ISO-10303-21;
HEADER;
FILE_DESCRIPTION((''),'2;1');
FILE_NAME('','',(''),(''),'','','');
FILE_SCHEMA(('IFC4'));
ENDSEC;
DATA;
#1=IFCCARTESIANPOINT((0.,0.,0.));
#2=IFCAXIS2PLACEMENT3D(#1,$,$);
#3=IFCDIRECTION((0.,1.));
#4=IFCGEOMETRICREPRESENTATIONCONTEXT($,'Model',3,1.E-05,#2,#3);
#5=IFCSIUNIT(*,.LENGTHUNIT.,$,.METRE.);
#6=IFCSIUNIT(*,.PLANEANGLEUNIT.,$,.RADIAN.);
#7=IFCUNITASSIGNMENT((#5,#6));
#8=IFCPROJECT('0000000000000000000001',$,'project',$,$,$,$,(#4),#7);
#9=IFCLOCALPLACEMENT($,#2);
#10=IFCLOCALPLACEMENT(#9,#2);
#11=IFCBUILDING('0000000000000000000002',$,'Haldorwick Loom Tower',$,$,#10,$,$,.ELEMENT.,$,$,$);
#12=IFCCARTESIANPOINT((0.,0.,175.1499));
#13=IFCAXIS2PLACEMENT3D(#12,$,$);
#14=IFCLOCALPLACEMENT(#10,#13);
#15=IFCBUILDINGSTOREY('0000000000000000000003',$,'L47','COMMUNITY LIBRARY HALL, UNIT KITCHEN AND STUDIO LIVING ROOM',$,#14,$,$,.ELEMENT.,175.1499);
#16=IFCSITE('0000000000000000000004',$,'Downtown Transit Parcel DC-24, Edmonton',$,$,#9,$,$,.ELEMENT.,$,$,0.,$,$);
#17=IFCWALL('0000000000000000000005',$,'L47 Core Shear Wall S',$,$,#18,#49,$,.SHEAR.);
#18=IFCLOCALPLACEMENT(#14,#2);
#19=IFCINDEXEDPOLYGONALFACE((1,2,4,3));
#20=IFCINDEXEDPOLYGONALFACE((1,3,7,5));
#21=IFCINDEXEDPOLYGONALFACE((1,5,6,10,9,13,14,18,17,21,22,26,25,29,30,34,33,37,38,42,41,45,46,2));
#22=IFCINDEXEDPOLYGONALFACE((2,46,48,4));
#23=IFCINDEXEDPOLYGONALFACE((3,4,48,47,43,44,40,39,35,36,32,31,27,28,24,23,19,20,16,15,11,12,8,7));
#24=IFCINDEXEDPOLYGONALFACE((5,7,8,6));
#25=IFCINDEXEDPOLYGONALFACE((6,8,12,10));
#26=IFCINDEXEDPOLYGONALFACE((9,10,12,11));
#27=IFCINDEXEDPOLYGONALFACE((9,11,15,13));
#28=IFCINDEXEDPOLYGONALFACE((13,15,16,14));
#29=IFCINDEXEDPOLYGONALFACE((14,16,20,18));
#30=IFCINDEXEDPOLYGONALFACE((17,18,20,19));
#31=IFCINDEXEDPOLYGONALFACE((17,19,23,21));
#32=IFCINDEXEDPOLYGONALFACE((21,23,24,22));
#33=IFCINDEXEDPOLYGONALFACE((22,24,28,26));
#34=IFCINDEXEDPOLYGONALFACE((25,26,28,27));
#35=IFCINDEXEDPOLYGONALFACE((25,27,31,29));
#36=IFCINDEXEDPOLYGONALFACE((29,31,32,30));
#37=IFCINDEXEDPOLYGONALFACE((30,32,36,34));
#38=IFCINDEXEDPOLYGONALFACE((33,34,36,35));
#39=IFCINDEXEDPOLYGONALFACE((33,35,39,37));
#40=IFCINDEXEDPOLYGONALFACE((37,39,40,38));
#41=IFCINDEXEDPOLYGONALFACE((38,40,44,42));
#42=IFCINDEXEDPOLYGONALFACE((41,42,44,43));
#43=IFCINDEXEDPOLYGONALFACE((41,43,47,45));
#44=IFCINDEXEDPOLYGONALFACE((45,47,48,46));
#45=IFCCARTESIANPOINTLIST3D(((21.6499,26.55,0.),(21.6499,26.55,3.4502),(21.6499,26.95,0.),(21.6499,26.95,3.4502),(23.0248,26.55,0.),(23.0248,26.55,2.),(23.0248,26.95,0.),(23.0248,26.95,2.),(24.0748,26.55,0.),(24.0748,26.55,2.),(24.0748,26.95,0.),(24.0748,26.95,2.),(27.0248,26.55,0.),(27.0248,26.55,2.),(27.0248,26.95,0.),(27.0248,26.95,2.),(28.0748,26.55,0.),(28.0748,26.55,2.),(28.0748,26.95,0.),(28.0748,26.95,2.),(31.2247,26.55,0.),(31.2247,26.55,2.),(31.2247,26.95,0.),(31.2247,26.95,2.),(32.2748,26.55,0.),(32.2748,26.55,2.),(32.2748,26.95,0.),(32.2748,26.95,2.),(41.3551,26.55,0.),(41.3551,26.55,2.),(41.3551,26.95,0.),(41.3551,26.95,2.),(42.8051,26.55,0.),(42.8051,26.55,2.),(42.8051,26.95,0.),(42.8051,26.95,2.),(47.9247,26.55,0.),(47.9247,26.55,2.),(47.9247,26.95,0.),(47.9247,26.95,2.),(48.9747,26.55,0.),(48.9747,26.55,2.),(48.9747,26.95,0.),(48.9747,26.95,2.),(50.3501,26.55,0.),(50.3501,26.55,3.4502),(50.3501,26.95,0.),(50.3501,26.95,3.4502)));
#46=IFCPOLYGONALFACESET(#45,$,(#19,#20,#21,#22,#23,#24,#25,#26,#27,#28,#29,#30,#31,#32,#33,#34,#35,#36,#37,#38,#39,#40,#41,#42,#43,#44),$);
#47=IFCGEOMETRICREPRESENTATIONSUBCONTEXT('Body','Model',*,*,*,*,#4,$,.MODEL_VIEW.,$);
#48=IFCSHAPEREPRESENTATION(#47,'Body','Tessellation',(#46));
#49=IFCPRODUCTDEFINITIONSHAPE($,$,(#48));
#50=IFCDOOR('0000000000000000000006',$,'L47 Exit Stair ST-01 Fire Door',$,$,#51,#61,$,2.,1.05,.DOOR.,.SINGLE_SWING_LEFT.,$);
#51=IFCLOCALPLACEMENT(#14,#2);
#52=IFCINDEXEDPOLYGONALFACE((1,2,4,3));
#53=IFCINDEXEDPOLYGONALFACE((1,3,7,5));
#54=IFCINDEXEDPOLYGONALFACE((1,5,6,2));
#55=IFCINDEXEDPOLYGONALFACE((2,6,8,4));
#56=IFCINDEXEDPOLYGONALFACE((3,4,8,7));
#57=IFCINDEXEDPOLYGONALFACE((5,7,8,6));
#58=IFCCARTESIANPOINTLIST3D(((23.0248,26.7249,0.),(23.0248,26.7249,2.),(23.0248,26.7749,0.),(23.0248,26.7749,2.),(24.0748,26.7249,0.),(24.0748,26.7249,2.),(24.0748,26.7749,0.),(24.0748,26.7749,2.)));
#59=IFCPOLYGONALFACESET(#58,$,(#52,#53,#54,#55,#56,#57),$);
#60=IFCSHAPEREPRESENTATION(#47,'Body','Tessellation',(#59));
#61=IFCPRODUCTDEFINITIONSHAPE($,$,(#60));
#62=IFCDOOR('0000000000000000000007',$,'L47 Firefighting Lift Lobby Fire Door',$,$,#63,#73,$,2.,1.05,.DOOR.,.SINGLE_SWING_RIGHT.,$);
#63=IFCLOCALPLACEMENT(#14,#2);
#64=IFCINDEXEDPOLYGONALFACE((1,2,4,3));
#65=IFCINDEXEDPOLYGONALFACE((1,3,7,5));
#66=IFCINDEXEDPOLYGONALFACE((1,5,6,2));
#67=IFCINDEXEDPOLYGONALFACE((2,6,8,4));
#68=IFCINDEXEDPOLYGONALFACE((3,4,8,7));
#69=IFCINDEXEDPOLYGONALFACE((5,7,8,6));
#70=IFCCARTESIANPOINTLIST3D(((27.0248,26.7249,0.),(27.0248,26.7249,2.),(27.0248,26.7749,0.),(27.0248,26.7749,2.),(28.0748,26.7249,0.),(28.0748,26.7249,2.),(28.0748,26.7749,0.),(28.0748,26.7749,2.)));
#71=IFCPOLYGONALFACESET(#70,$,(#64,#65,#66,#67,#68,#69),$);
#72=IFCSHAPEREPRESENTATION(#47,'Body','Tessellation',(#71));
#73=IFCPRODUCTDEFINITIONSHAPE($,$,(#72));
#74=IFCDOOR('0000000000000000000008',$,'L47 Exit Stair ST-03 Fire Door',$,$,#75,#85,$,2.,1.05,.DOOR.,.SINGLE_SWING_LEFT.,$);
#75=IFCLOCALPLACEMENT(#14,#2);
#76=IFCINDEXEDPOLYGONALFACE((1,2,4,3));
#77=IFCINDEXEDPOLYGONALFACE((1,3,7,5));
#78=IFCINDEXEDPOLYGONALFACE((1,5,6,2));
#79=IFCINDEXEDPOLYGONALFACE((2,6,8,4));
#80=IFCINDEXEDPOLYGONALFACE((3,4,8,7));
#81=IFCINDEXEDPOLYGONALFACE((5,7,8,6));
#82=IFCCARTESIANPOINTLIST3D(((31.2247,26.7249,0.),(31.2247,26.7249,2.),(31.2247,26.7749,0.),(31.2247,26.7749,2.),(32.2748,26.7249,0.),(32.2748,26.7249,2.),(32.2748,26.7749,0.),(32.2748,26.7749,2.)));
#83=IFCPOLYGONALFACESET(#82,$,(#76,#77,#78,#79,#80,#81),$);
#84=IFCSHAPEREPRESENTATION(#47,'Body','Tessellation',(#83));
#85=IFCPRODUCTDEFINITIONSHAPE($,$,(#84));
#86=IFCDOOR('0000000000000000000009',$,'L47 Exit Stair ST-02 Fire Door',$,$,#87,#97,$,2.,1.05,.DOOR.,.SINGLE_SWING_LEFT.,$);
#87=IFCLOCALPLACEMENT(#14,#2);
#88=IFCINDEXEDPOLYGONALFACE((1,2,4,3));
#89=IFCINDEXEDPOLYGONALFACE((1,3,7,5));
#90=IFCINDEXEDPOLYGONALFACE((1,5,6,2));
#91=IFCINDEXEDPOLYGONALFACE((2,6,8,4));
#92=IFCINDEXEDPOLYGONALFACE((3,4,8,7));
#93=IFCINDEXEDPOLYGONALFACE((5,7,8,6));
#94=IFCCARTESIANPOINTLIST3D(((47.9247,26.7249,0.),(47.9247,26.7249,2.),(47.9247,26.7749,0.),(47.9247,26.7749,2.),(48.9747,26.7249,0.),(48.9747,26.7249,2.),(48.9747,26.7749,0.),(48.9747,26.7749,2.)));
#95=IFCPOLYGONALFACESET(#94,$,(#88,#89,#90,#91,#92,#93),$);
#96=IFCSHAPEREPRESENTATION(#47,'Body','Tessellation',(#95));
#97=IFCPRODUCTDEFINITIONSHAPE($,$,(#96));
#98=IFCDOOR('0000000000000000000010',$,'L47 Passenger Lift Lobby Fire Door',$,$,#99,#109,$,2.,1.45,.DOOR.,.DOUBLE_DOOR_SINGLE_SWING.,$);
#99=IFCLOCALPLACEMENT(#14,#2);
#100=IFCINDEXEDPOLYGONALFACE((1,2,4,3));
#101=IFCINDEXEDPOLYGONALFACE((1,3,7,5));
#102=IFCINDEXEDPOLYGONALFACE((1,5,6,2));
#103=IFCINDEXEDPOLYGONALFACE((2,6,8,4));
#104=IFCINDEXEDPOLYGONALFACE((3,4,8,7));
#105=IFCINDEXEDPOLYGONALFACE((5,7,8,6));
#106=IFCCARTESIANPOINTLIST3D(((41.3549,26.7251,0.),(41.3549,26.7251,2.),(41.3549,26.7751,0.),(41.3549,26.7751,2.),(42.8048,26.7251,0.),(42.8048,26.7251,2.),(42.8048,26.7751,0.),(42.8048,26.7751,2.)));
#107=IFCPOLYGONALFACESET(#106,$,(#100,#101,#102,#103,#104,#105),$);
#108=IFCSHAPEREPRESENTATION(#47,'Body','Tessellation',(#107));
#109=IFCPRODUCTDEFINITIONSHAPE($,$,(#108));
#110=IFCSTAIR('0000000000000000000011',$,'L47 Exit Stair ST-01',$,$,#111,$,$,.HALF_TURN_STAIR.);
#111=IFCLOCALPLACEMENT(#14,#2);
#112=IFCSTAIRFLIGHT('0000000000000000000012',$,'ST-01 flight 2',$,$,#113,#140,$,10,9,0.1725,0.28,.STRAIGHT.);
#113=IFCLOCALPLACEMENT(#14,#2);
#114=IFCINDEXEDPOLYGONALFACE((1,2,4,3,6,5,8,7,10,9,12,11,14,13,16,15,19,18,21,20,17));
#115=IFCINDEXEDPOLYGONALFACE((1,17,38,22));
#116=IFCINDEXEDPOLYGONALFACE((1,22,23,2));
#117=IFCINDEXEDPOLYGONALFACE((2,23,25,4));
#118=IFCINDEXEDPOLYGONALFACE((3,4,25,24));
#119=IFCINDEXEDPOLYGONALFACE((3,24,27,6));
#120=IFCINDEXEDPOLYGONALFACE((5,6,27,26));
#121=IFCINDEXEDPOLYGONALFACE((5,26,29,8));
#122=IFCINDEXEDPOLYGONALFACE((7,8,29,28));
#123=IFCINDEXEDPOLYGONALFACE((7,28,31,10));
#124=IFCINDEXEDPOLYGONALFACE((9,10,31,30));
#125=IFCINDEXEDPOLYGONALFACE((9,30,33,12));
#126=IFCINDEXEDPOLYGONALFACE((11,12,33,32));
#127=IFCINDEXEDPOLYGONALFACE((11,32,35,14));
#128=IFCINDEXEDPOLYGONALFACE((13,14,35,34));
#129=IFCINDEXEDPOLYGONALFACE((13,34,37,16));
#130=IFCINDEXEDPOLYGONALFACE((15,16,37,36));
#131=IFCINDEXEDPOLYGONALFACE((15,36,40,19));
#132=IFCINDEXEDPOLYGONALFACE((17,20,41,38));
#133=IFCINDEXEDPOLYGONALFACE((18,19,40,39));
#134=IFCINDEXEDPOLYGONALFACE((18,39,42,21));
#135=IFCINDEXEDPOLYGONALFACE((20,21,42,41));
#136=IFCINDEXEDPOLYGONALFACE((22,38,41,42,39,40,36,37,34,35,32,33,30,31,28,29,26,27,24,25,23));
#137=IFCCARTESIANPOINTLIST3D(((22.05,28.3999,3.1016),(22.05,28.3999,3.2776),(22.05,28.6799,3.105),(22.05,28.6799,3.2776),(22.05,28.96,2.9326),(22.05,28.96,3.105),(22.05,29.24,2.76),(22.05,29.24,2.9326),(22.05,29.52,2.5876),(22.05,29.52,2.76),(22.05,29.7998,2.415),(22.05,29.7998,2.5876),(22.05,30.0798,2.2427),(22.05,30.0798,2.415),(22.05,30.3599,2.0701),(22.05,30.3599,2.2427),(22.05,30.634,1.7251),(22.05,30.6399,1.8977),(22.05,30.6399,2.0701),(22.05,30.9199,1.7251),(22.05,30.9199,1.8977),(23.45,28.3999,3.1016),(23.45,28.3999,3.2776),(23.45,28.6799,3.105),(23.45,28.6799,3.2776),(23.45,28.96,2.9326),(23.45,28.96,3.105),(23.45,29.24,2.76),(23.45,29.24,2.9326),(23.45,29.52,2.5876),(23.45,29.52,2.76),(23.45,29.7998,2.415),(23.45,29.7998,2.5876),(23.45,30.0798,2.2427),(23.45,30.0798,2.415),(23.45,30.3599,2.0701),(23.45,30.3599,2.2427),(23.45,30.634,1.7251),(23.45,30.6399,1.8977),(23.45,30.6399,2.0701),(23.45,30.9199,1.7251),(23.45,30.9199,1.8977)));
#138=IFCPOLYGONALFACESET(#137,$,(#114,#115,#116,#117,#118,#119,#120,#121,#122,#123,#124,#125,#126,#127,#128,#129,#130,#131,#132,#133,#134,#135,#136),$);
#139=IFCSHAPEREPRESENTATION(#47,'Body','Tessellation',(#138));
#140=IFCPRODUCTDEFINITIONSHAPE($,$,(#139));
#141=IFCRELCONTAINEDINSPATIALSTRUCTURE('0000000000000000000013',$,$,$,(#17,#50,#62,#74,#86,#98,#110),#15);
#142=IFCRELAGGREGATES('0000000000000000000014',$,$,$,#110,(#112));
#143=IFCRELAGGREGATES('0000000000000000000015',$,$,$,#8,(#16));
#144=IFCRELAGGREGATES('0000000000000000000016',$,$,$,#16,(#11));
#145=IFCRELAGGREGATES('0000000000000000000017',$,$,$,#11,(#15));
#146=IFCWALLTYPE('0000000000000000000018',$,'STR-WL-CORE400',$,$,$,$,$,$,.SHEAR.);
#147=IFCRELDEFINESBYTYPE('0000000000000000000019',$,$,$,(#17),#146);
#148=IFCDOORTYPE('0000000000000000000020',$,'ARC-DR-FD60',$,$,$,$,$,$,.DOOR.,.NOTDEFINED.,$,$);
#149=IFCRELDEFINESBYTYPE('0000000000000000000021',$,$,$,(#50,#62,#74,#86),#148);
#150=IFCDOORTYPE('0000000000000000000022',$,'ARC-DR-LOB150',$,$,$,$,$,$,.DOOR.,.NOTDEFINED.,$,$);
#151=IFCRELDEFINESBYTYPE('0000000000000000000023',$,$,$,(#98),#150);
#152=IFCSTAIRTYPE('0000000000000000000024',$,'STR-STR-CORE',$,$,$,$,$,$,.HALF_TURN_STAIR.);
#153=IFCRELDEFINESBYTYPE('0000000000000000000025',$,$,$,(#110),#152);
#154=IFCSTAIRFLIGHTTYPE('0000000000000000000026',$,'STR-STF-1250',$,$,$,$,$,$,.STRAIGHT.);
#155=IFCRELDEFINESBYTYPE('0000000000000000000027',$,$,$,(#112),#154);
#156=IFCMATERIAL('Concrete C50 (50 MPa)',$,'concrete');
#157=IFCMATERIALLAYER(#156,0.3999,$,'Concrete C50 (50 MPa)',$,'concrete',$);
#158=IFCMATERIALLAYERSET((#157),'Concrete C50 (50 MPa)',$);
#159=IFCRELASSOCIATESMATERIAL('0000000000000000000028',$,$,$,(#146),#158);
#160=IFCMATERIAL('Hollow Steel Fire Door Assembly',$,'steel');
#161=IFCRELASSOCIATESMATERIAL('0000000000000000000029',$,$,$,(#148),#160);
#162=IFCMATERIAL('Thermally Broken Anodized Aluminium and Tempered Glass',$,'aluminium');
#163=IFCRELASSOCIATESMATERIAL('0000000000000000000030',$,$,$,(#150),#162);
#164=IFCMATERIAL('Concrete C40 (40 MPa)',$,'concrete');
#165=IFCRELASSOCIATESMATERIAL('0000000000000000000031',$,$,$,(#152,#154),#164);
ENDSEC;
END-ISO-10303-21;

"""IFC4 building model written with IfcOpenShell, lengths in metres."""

from ifc_helpers import new_model, si_unit, direction, frame, frame_2d, origin, place, context, subcontext, project, spatial, polyline, rectangle, outline, extrude, material, layer, layer_set, type_object, element, fill, aggregate, save


model = new_model("IFC4")

# Units and contexts
model_context = context("Model", 3, precision=1e-05, world=origin(), true_north=direction((0.0, 1.0)))
body_context = subcontext(model_context, "Body", "Model", "MODEL_VIEW")
ifc_project = project(units=[si_unit("LENGTHUNIT", "METRE"), si_unit("PLANEANGLEUNIT", "RADIAN")], contexts=[model_context])

# Site, building, storey
site_placement = place(None, origin())
site = spatial("IfcSite", under=ifc_project, at=site_placement, Name="Downtown Transit Parcel DC-24, Edmonton", CompositionType="ELEMENT", RefElevation=0.0)
building_placement = place(site_placement, origin())
building = spatial("IfcBuilding", under=site, at=building_placement, Name="Haldorwick Loom Tower", CompositionType="ELEMENT")
storey_placement = place(building_placement, frame((0.0, 0.0, 175.1499)))
storey = spatial("IfcBuildingStorey", under=building, at=storey_placement, Name="L47", Description="COMMUNITY LIBRARY HALL, UNIT KITCHEN AND STUDIO LIVING ROOM", CompositionType="ELEMENT", Elevation=175.1499)

# Wall, openings, doors
ifc_material_1 = material(Name="Concrete C50 (50 MPa)", Category="concrete")
ifc_layer_1 = layer(ifc_material_1, 0.3999, Name="Concrete C50 (50 MPa)", Category="concrete")
ifc_layer_set_1 = layer_set([ifc_layer_1], Name="Concrete C50 (50 MPa)")
wall_type_1 = type_object("IfcWallType", Name="STR-WL-CORE400", PredefinedType="SHEAR", material=ifc_layer_set_1)
wall_1_placement = place(storey_placement, frame((21.6499, 26.75, 0.0), z_axis=(0.0, 0.0, 1.0), x_axis=(1.0, 0.0, 0.0)))
wall_1 = element("IfcWall", 1, at=wall_1_placement, inside=storey, type_object=wall_type_1, Name="L47 Core Shear Wall S", PredefinedType="SHEAR", context=body_context, shape_type="SweptSolid", body=[
    extrude(rectangle(XDim=28.7002, YDim=0.3999, at=frame_2d((14.3501, 0.0))), origin(), (0.0, 0.0, 1.0), 3.4502),
])
opening_1_placement = place(wall_1_placement, frame((1.375, 0.0, 0.0)))
opening_1 = element("IfcOpeningElement", 2, at=opening_1_placement, cuts=wall_1, PredefinedType="OPENING", context=body_context, shape_type="SweptSolid", body=[
    extrude(rectangle(XDim=1.05, YDim=2.0, at=frame_2d((0.5249, 1.0))), frame((0.0, 0.21, 0.0), z_axis=(0.0, -1.0, 0.0), x_axis=(1.0, 0.0, 0.0)), (0.0, 0.0, 1.0), 0.4199),
])
opening_2_placement = place(wall_1_placement, frame((5.375, 0.0, 0.0)))
opening_2 = element("IfcOpeningElement", 3, at=opening_2_placement, cuts=wall_1, PredefinedType="OPENING", context=body_context, shape_type="SweptSolid", body=[
    extrude(rectangle(XDim=1.05, YDim=2.0, at=frame_2d((0.5249, 1.0))), frame((0.0, 0.21, 0.0), z_axis=(0.0, -1.0, 0.0), x_axis=(1.0, 0.0, 0.0)), (0.0, 0.0, 1.0), 0.4199),
])
opening_3_placement = place(wall_1_placement, frame((9.575, 0.0, 0.0)))
opening_3 = element("IfcOpeningElement", 4, at=opening_3_placement, cuts=wall_1, PredefinedType="OPENING", context=body_context, shape_type="SweptSolid", body=[
    extrude(rectangle(XDim=1.05, YDim=2.0, at=frame_2d((0.5249, 1.0))), frame((0.0, 0.21, 0.0), z_axis=(0.0, -1.0, 0.0), x_axis=(1.0, 0.0, 0.0)), (0.0, 0.0, 1.0), 0.4199),
])
opening_4_placement = place(wall_1_placement, frame((19.7051, 0.0, 0.0)))
opening_4 = element("IfcOpeningElement", 5, at=opening_4_placement, cuts=wall_1, PredefinedType="OPENING", context=body_context, shape_type="SweptSolid", body=[
    extrude(rectangle(XDim=1.45, YDim=2.0, at=frame_2d((0.7251, 1.0))), frame((0.0, 0.21, 0.0), z_axis=(0.0, -1.0, 0.0), x_axis=(1.0, 0.0, 0.0)), (0.0, 0.0, 1.0), 0.4199),
])
opening_5_placement = place(wall_1_placement, frame((26.2749, 0.0, 0.0)))
opening_5 = element("IfcOpeningElement", 6, at=opening_5_placement, cuts=wall_1, PredefinedType="OPENING", context=body_context, shape_type="SweptSolid", body=[
    extrude(rectangle(XDim=1.05, YDim=2.0, at=frame_2d((0.5249, 1.0))), frame((0.0, 0.21, 0.0), z_axis=(0.0, -1.0, 0.0), x_axis=(1.0, 0.0, 0.0)), (0.0, 0.0, 1.0), 0.4199),
])
ifc_material_2 = material(Name="Hollow Steel Fire Door Assembly", Category="steel")
door_type_1 = type_object("IfcDoorType", Name="ARC-DR-FD60", OperationType="NOTDEFINED", PredefinedType="DOOR", material=ifc_material_2)
door_1_placement = place(opening_1_placement, origin())
door_1 = element("IfcDoor", 7, at=door_1_placement, inside=storey, type_object=door_type_1, Name="L47 Exit Stair ST-01 Fire Door", OperationType="SINGLE_SWING_LEFT", OverallHeight=2.0, OverallWidth=1.05, PredefinedType="DOOR", context=body_context, shape_type="SweptSolid", body=[
    extrude(rectangle(XDim=1.05, YDim=2.0, at=frame_2d((0.5249, 1.0))), frame((0.0, 0.0249, 0.0), z_axis=(0.0, -1.0, 0.0), x_axis=(1.0, 0.0, 0.0)), (0.0, 0.0, 1.0), 0.05),
])
fill(opening_1, door_1)
door_2_placement = place(opening_2_placement, origin())
door_2 = element("IfcDoor", 8, at=door_2_placement, inside=storey, type_object=door_type_1, Name="L47 Firefighting Lift Lobby Fire Door", OperationType="SINGLE_SWING_RIGHT", OverallHeight=2.0, OverallWidth=1.05, PredefinedType="DOOR", context=body_context, shape_type="SweptSolid", body=[
    extrude(rectangle(XDim=1.05, YDim=2.0, at=frame_2d((0.5249, 1.0))), frame((0.0, 0.0249, 0.0), z_axis=(0.0, -1.0, 0.0), x_axis=(1.0, 0.0, 0.0)), (0.0, 0.0, 1.0), 0.05),
])
fill(opening_2, door_2)
door_3_placement = place(opening_3_placement, origin())
door_3 = element("IfcDoor", 9, at=door_3_placement, inside=storey, type_object=door_type_1, Name="L47 Exit Stair ST-03 Fire Door", OperationType="SINGLE_SWING_LEFT", OverallHeight=2.0, OverallWidth=1.05, PredefinedType="DOOR", context=body_context, shape_type="SweptSolid", body=[
    extrude(rectangle(XDim=1.05, YDim=2.0, at=frame_2d((0.5249, 1.0))), frame((0.0, 0.0249, 0.0), z_axis=(0.0, -1.0, 0.0), x_axis=(1.0, 0.0, 0.0)), (0.0, 0.0, 1.0), 0.05),
])
fill(opening_3, door_3)
door_4_placement = place(opening_5_placement, origin())
door_4 = element("IfcDoor", 10, at=door_4_placement, inside=storey, type_object=door_type_1, Name="L47 Exit Stair ST-02 Fire Door", OperationType="SINGLE_SWING_LEFT", OverallHeight=2.0, OverallWidth=1.05, PredefinedType="DOOR", context=body_context, shape_type="SweptSolid", body=[
    extrude(rectangle(XDim=1.05, YDim=2.0, at=frame_2d((0.5249, 1.0))), frame((0.0, 0.0249, 0.0), z_axis=(0.0, -1.0, 0.0), x_axis=(1.0, 0.0, 0.0)), (0.0, 0.0, 1.0), 0.05),
])
fill(opening_5, door_4)
ifc_material_3 = material(Name="Thermally Broken Anodized Aluminium and Tempered Glass", Category="aluminium")
door_type_2 = type_object("IfcDoorType", Name="ARC-DR-LOB150", OperationType="NOTDEFINED", PredefinedType="DOOR", material=ifc_material_3)
door_5_placement = place(opening_4_placement, frame((1.45, 0.0, 0.0), z_axis=(0.0, 0.0, 1.0), x_axis=(-1.0, 0.0, 0.0)))
door_5 = element("IfcDoor", 11, at=door_5_placement, inside=storey, type_object=door_type_2, Name="L47 Passenger Lift Lobby Fire Door", OperationType="DOUBLE_DOOR_SINGLE_SWING", OverallHeight=2.0, OverallWidth=1.45, PredefinedType="DOOR", context=body_context, shape_type="SweptSolid", body=[
    extrude(rectangle(XDim=1.45, YDim=2.0, at=frame_2d((0.7251, 1.0))), frame((0.0, 0.0249, 0.0), z_axis=(0.0, -1.0, 0.0), x_axis=(1.0, 0.0, 0.0)), (0.0, 0.0, 1.0), 0.05),
])
fill(opening_4, door_5)

# Stair, stair flight
ifc_material_4 = material(Name="Concrete C40 (40 MPa)", Category="concrete")
stair_type = type_object("IfcStairType", Name="STR-STR-CORE", PredefinedType="HALF_TURN_STAIR", material=ifc_material_4)
stair_placement = place(storey_placement, origin())
stair = element("IfcStair", 12, at=stair_placement, inside=storey, type_object=stair_type, Name="L47 Exit Stair ST-01", PredefinedType="HALF_TURN_STAIR")
stair_flight_type = type_object("IfcStairFlightType", Name="STR-STF-1250", PredefinedType="STRAIGHT", material=ifc_material_4)
stair_flight_placement = place(storey_placement, frame((22.75, 30.9199, 1.7251), z_axis=(0.0, 0.0, 1.0), x_axis=(0.0, -1.0, 0.0)))
stair_flight = element("IfcStairFlight", 13, at=stair_flight_placement, type_object=stair_flight_type, Name="ST-01 flight 2", NumberOfRisers=10, NumberOfTreads=9, PredefinedType="STRAIGHT", RiserHeight=0.1725, TreadLength=0.28, context=body_context, shape_type="SweptSolid", body=[
    extrude(outline(polyline([(0.0, 0.0), (0.0, 0.1726), (0.28, 0.1726), (0.28, 0.345), (0.5601, 0.345), (0.5601, 0.5176), (0.8401, 0.5176), (0.8401, 0.6899), (1.1201, 0.6899), (1.1201, 0.8625), (1.3999, 0.8625), (1.3999, 1.0349), (1.6799, 1.0349), (1.6799, 1.2075), (1.96, 1.2075), (1.96, 1.3799), (2.24, 1.3799), (2.24, 1.5525), (2.52, 1.5525), (2.52, 1.7251), (2.52, 1.3765), (0.2859, 0.0), (0.0, 0.0)])), frame((0.0, 0.7, 0.0), z_axis=(0.0, -1.0, 0.0), x_axis=(1.0, 0.0, 0.0)), (0.0, 0.0, 1.0), 1.3999),
])
aggregate(stair, [stair_flight])

save(model, "model.ifc")
